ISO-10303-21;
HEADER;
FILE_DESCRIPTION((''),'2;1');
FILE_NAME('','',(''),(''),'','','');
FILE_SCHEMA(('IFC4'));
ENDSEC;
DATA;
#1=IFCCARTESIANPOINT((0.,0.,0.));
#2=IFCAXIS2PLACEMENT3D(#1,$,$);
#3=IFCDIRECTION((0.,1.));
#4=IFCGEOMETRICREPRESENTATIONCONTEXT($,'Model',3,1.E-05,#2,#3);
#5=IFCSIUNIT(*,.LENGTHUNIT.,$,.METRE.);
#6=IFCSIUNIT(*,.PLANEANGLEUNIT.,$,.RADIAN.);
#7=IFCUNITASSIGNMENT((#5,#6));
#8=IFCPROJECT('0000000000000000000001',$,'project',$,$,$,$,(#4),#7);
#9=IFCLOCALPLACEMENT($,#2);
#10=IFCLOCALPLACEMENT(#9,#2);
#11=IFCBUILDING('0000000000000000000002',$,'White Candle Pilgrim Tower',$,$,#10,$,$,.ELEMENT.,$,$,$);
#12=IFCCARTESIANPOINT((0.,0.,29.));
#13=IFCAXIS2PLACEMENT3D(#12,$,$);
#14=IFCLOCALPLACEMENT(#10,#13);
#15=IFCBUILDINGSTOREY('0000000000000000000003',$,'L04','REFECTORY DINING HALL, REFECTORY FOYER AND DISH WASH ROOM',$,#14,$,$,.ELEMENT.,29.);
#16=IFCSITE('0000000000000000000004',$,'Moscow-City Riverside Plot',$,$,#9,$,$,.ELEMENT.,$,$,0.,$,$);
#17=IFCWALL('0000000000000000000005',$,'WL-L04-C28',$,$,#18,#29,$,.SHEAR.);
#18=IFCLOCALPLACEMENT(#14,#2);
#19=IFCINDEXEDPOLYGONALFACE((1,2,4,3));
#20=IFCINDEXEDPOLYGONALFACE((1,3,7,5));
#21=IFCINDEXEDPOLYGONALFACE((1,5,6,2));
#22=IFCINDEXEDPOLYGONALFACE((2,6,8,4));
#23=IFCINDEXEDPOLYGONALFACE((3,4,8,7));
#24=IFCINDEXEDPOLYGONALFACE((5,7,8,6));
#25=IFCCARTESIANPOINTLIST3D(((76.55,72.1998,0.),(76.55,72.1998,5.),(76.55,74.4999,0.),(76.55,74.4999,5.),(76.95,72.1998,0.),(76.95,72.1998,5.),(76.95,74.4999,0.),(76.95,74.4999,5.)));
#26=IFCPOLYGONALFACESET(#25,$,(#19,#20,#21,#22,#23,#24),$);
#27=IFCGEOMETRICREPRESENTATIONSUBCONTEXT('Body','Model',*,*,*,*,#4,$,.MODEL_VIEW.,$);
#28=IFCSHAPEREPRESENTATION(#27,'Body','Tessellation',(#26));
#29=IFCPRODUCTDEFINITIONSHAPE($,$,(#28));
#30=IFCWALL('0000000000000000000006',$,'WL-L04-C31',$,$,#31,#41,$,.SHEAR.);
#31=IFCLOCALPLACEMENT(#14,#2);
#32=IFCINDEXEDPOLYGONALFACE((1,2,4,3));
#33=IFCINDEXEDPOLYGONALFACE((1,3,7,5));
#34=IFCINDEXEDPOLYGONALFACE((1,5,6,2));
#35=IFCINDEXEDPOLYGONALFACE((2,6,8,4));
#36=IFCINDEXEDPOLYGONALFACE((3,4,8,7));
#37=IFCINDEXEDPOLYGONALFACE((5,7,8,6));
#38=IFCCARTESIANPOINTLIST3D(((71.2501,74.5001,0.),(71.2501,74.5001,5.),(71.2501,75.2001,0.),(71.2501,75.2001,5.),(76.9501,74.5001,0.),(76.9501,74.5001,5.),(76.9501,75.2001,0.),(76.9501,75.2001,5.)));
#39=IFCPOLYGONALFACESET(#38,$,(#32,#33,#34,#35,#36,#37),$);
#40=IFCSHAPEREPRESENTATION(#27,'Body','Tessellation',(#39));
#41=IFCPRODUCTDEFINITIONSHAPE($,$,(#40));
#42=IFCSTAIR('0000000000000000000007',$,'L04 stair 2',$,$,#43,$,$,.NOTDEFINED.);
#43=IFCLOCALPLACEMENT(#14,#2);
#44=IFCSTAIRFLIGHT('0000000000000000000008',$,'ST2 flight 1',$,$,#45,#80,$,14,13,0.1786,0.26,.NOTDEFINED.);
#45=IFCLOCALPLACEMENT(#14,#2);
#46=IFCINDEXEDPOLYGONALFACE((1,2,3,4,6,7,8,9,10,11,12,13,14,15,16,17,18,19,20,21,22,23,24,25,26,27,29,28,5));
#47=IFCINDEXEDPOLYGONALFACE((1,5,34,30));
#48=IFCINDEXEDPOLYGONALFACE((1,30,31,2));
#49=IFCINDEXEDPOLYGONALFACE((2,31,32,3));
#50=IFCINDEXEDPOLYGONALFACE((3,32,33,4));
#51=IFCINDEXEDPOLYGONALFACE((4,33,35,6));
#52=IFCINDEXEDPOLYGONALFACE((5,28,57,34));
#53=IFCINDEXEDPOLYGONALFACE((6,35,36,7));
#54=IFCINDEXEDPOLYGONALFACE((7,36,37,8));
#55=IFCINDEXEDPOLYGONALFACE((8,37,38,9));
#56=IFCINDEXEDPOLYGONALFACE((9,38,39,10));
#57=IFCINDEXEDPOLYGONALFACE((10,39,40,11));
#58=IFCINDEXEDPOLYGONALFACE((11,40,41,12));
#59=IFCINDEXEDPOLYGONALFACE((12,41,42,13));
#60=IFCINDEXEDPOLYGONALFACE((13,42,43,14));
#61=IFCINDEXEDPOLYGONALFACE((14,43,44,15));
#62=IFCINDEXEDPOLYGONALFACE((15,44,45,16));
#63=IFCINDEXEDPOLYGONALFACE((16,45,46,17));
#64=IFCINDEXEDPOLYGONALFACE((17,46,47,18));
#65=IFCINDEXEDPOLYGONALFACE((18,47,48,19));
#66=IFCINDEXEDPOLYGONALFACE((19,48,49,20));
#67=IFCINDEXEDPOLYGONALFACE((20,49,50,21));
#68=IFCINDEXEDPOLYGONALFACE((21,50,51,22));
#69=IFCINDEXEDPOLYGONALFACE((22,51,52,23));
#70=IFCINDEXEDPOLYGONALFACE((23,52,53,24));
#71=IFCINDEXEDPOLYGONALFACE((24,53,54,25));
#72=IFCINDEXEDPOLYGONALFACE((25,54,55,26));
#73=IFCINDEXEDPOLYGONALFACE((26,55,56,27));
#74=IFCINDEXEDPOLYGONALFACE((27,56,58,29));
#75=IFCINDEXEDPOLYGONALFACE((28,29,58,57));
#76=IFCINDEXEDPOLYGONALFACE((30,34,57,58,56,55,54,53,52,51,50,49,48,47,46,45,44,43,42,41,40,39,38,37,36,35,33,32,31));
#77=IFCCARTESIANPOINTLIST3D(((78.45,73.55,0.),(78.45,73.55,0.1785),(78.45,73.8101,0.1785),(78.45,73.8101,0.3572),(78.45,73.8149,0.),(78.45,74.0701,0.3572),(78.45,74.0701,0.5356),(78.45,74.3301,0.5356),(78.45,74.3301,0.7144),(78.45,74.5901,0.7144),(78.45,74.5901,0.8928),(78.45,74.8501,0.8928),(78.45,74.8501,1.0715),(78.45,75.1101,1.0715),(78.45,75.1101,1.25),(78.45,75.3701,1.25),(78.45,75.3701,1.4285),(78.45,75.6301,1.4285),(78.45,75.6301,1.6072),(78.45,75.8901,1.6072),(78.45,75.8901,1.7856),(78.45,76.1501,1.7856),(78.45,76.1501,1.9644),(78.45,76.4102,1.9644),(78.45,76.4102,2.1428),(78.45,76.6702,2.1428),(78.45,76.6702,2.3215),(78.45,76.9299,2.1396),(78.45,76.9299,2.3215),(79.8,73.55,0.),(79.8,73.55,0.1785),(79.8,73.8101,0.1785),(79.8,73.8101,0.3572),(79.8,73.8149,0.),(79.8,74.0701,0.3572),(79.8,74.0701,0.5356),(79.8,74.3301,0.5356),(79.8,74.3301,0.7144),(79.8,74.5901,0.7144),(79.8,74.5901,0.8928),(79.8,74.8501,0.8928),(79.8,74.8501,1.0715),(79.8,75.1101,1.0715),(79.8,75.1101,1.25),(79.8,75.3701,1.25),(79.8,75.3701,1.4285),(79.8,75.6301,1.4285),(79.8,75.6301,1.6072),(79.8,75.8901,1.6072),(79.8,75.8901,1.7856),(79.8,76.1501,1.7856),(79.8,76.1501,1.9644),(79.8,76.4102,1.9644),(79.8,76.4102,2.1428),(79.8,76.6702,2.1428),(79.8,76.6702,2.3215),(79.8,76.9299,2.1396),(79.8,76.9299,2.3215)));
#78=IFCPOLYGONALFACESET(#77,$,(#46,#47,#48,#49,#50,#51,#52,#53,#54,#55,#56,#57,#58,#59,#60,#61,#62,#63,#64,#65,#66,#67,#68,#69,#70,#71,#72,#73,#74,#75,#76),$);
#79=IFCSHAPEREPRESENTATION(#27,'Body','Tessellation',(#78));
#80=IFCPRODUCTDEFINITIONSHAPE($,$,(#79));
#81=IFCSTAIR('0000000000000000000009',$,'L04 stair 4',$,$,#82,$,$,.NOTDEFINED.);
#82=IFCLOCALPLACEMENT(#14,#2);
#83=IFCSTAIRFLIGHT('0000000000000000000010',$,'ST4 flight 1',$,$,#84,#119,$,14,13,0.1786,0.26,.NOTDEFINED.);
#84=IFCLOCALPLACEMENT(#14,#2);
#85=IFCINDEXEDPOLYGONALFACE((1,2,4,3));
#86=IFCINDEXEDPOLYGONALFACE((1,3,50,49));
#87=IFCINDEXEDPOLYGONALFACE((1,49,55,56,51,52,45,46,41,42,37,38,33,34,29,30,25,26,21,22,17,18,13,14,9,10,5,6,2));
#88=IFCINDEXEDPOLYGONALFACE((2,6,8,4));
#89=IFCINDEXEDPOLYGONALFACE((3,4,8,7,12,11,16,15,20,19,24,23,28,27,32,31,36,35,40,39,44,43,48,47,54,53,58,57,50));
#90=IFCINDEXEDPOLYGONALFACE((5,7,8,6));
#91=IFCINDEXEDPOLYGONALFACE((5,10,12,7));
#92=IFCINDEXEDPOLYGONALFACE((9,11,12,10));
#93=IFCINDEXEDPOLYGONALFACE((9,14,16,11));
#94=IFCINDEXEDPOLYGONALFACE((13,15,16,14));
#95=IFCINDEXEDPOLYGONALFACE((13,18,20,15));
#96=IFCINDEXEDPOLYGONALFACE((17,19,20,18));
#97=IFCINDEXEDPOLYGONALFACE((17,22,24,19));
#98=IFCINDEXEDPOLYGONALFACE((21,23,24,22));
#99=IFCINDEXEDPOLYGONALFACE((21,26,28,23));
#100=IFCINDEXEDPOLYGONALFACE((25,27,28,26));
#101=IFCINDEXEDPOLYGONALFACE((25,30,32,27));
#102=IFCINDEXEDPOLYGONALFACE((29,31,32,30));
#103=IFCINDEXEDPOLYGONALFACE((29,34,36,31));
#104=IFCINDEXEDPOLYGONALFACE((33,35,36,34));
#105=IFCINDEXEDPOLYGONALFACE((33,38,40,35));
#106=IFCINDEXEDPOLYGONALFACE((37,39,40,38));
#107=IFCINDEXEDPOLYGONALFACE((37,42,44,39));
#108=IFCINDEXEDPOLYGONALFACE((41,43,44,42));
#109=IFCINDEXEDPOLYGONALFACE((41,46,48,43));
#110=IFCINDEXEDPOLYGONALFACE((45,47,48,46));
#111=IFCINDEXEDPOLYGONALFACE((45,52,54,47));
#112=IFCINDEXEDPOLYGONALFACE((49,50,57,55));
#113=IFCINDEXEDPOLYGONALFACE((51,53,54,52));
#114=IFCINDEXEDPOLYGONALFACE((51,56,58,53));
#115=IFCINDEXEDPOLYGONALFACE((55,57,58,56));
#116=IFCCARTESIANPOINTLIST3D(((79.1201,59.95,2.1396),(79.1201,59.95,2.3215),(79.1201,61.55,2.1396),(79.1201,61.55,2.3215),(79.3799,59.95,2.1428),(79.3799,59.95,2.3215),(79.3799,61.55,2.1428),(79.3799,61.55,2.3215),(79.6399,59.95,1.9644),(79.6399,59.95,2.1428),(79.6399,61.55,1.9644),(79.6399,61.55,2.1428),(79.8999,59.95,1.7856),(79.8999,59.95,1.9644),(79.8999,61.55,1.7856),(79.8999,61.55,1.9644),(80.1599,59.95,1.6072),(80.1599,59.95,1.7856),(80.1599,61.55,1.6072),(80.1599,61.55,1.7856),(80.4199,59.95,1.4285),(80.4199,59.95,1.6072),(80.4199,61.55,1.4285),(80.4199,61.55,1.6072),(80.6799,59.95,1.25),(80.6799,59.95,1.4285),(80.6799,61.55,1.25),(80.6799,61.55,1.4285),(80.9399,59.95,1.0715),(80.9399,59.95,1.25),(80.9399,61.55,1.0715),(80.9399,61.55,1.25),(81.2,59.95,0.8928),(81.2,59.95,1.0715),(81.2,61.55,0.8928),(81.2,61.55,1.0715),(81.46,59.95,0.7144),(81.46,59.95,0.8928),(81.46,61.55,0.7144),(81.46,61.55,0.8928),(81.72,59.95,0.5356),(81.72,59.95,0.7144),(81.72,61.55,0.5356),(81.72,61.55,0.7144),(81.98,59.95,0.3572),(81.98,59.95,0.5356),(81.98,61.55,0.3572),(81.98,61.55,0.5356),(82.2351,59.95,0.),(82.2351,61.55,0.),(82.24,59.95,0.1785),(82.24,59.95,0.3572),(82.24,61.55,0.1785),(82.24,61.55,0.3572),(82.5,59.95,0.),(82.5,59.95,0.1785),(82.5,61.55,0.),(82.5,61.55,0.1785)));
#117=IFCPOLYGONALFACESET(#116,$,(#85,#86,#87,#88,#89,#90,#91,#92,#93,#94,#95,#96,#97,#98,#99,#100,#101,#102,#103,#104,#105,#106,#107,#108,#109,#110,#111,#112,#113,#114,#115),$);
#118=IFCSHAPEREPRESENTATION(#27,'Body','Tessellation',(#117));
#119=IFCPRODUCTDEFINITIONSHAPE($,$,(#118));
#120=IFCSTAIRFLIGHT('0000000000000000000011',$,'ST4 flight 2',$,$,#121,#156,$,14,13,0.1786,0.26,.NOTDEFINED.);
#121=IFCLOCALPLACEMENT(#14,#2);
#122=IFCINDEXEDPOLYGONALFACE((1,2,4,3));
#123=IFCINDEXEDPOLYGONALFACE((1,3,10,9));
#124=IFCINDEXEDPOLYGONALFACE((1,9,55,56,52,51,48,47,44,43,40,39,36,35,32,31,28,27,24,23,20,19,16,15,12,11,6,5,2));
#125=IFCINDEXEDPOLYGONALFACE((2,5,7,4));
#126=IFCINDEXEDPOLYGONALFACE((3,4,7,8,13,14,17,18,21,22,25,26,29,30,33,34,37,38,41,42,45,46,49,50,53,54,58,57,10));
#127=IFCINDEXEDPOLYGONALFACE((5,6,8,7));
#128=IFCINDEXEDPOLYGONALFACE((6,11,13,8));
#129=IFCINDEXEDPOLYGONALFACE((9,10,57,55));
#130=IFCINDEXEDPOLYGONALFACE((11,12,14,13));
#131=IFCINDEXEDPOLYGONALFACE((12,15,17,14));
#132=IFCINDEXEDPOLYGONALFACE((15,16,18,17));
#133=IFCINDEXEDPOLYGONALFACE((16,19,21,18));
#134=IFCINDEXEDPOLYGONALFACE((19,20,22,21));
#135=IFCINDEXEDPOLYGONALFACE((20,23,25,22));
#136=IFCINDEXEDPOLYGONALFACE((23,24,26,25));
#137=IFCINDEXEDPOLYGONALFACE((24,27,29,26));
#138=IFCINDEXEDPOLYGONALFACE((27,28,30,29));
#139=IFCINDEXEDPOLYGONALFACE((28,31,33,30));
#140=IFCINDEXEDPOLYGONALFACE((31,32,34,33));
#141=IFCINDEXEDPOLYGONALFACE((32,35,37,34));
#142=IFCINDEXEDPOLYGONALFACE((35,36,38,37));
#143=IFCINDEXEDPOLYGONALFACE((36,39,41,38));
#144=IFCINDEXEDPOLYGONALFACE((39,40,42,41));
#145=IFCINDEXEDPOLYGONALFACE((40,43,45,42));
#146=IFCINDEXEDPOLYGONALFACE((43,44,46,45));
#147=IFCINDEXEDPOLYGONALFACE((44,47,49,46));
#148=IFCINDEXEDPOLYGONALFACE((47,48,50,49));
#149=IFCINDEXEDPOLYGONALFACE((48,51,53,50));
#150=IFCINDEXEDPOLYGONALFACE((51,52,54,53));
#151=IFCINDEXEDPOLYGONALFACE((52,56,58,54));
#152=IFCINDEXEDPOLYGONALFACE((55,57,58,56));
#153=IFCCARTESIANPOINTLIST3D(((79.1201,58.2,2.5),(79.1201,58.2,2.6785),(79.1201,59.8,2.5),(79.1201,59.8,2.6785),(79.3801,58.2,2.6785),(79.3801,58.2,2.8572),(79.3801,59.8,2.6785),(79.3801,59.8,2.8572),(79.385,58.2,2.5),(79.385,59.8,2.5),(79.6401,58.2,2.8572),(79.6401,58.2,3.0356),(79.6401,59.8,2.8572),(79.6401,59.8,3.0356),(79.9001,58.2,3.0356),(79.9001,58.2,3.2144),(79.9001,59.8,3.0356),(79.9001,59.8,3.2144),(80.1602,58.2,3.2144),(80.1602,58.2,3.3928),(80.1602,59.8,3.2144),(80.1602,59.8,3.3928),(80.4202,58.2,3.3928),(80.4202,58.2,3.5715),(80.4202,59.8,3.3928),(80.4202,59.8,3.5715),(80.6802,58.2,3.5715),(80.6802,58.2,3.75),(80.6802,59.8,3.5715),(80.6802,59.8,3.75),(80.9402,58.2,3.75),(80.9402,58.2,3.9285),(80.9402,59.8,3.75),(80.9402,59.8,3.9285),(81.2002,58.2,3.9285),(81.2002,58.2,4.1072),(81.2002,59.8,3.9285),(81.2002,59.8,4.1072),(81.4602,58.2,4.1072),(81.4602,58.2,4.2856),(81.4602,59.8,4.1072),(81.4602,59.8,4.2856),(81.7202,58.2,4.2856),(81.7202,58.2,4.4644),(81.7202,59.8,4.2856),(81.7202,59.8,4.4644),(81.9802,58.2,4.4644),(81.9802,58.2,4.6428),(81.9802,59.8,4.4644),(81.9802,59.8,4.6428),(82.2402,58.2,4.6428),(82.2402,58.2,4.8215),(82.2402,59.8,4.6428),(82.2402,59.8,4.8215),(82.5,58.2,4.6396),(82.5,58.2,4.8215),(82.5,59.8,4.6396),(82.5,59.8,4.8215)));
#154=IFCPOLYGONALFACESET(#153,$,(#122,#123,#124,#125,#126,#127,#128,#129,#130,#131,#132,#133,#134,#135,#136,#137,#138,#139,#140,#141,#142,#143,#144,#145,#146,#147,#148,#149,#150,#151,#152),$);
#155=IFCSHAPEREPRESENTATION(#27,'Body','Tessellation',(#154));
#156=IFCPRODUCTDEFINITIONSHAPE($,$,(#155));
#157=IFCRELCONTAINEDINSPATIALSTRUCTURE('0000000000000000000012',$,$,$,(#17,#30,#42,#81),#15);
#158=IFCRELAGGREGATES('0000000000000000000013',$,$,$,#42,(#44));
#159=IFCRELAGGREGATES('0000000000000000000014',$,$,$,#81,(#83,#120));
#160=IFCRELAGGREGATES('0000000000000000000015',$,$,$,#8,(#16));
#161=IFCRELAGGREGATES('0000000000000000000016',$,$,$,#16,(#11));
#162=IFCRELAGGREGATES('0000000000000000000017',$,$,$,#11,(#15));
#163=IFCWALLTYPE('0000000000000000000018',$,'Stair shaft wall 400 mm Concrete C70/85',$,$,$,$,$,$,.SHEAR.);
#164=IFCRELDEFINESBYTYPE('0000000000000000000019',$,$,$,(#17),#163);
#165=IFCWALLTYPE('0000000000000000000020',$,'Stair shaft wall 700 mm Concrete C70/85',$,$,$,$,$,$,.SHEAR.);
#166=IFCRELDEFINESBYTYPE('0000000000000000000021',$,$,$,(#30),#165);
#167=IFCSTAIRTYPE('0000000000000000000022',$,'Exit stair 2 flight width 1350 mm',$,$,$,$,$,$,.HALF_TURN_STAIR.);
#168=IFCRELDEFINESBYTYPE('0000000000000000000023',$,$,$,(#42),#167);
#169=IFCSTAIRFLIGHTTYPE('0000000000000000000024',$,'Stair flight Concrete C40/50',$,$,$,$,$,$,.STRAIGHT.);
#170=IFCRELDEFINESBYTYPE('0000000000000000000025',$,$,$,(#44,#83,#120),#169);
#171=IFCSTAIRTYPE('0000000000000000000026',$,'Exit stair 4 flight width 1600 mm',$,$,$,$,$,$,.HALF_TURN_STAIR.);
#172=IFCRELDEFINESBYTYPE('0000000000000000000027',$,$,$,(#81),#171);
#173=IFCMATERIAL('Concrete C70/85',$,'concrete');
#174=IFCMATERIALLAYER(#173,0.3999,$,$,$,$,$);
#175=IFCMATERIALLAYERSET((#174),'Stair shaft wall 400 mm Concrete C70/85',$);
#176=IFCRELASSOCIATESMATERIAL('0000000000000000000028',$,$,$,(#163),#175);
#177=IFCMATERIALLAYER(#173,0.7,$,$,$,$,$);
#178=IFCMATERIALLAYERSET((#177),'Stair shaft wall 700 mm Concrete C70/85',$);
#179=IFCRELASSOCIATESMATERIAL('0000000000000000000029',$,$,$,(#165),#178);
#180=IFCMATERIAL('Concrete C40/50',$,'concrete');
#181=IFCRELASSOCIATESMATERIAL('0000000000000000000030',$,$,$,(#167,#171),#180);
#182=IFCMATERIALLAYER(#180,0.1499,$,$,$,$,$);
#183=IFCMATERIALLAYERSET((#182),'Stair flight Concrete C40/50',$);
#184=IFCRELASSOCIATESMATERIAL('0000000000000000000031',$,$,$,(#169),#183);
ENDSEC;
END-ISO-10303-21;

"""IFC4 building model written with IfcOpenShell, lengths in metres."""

from ifc_helpers import new_model, si_unit, direction, frame, frame_2d, origin, place, context, subcontext, project, spatial, polyline, rectangle, outline, extrude, material, layer, layer_set, type_object, element, aggregate, save


model = new_model("IFC4")

# Units and contexts
model_context = context("Model", 3, precision=1e-05, world=origin(), true_north=direction((0.0, 1.0)))
body_context = subcontext(model_context, "Body", "Model", "MODEL_VIEW")
ifc_project = project(units=[si_unit("LENGTHUNIT", "METRE"), si_unit("PLANEANGLEUNIT", "RADIAN")], contexts=[model_context])

# Site, building, storey
site_placement = place(None, origin())
site = spatial("IfcSite", under=ifc_project, at=site_placement, Name="Moscow-City Riverside Plot", CompositionType="ELEMENT", RefElevation=0.0)
building_placement = place(site_placement, origin())
building = spatial("IfcBuilding", under=site, at=building_placement, Name="White Candle Pilgrim Tower", CompositionType="ELEMENT")
storey_placement = place(building_placement, frame((0.0, 0.0, 29.0)))
storey = spatial("IfcBuildingStorey", under=building, at=storey_placement, Name="L04", Description="REFECTORY DINING HALL, REFECTORY FOYER AND DISH WASH ROOM", CompositionType="ELEMENT", Elevation=29.0)

# Shared definitions
ifc_material_1 = material(Name="Concrete C70/85", Category="concrete")

# Walls
ifc_layer_1 = layer(ifc_material_1, 0.3999)
ifc_layer_set_1 = layer_set([ifc_layer_1], Name="Stair shaft wall 400 mm Concrete C70/85")
wall_type_1 = type_object("IfcWallType", Name="Stair shaft wall 400 mm Concrete C70/85", PredefinedType="SHEAR", material=ifc_layer_set_1)
wall_1_placement = place(storey_placement, frame((76.75, 72.2, 0.0), z_axis=(0.0, 0.0, 1.0), x_axis=(0.0, 1.0, 0.0)))
element("IfcWall", 1, at=wall_1_placement, inside=storey, type_object=wall_type_1, Name="WL-L04-C28", PredefinedType="SHEAR", context=body_context, shape_type="SweptSolid", body=[
    extrude(rectangle(XDim=2.3, YDim=0.3999, at=frame_2d((1.1499, 0.0))), origin(), (0.0, 0.0, 1.0), 5.0),
])
ifc_layer_2 = layer(ifc_material_1, 0.7)
ifc_layer_set_2 = layer_set([ifc_layer_2], Name="Stair shaft wall 700 mm Concrete C70/85")
wall_type_2 = type_object("IfcWallType", Name="Stair shaft wall 700 mm Concrete C70/85", PredefinedType="SHEAR", material=ifc_layer_set_2)
wall_2_placement = place(storey_placement, frame((71.25, 74.8501, 0.0), z_axis=(0.0, 0.0, 1.0), x_axis=(1.0, 0.0, 0.0)))
element("IfcWall", 2, at=wall_2_placement, inside=storey, type_object=wall_type_2, Name="WL-L04-C31", PredefinedType="SHEAR", context=body_context, shape_type="SweptSolid", body=[
    extrude(rectangle(XDim=5.7, YDim=0.7, at=frame_2d((2.8501, 0.0))), origin(), (0.0, 0.0, 1.0), 5.0),
])

# Stair, stair flight
ifc_material_2 = material(Name="Concrete C40/50", Category="concrete")
stair_type_1 = type_object("IfcStairType", Name="Exit stair 2 flight width 1350 mm", PredefinedType="HALF_TURN_STAIR", material=ifc_material_2)
stair_1_placement = place(storey_placement, origin())
stair_1 = element("IfcStair", 3, at=stair_1_placement, inside=storey, type_object=stair_type_1, Name="L04 stair 2", PredefinedType="NOTDEFINED")
ifc_layer_3 = layer(ifc_material_2, 0.1499)
ifc_layer_set_3 = layer_set([ifc_layer_3], Name="Stair flight Concrete C40/50")
stair_flight_type = type_object("IfcStairFlightType", Name="Stair flight Concrete C40/50", PredefinedType="STRAIGHT", material=ifc_layer_set_3)
stair_flight_1_placement = place(storey_placement, frame((79.125, 73.55, 0.0), z_axis=(0.0, 0.0, 1.0), x_axis=(0.0, 1.0, 0.0)))
stair_flight_1 = element("IfcStairFlight", 4, at=stair_flight_1_placement, type_object=stair_flight_type, Name="ST2 flight 1", NumberOfRisers=14, NumberOfTreads=13, PredefinedType="NOTDEFINED", RiserHeight=0.1786, TreadLength=0.26, context=body_context, shape_type="SweptSolid", body=[
    extrude(outline(polyline([(0.0, 0.0), (0.0, 0.1785), (0.26, 0.1785), (0.26, 0.3572), (0.52, 0.3572), (0.52, 0.5356), (0.78, 0.5356), (0.78, 0.7144), (1.04, 0.7144), (1.04, 0.8928), (1.3, 0.8928), (1.3, 1.0715), (1.5601, 1.0715), (1.5601, 1.25), (1.8201, 1.25), (1.8201, 1.4285), (2.0801, 1.4285), (2.0801, 1.6072), (2.3401, 1.6072), (2.3401, 1.7856), (2.6001, 1.7856), (2.6001, 1.9644), (2.8601, 1.9644), (2.8601, 2.1428), (3.1201, 2.1428), (3.1201, 2.3215), (3.3799, 2.3215), (3.3799, 2.5), (3.3799, 2.1396), (0.2649, 0.0), (0.0, 0.0)])), frame((0.0, 0.675, 0.0), z_axis=(0.0, -1.0, 0.0), x_axis=(1.0, 0.0, 0.0)), (0.0, 0.0, 1.0), 1.3501),
])
aggregate(stair_1, [stair_flight_1])

# Stair, stair flights
stair_type_2 = type_object("IfcStairType", Name="Exit stair 4 flight width 1600 mm", PredefinedType="HALF_TURN_STAIR", material=ifc_material_2)
stair_2_placement = place(storey_placement, origin())
stair_2 = element("IfcStair", 5, at=stair_2_placement, inside=storey, type_object=stair_type_2, Name="L04 stair 4", PredefinedType="NOTDEFINED")
stair_flight_2_placement = place(storey_placement, frame((82.5, 60.75, 0.0), z_axis=(0.0, 0.0, 1.0), x_axis=(-1.0, 0.0, 0.0)))
stair_flight_2 = element("IfcStairFlight", 6, at=stair_flight_2_placement, type_object=stair_flight_type, Name="ST4 flight 1", NumberOfRisers=14, NumberOfTreads=13, PredefinedType="NOTDEFINED", RiserHeight=0.1786, TreadLength=0.26, context=body_context, shape_type="SweptSolid", body=[
    extrude(outline(polyline([(0.0, 0.0), (0.0, 0.1785), (0.26, 0.1785), (0.26, 0.3572), (0.52, 0.3572), (0.52, 0.5356), (0.78, 0.5356), (0.78, 0.7144), (1.04, 0.7144), (1.04, 0.8928), (1.3, 0.8928), (1.3, 1.0715), (1.5601, 1.0715), (1.5601, 1.25), (1.8201, 1.25), (1.8201, 1.4285), (2.0801, 1.4285), (2.0801, 1.6072), (2.3401, 1.6072), (2.3401, 1.7856), (2.6001, 1.7856), (2.6001, 1.9644), (2.8601, 1.9644), (2.8601, 2.1428), (3.1201, 2.1428), (3.1201, 2.3215), (3.3799, 2.3215), (3.3799, 2.5), (3.3799, 2.1396), (0.2649, 0.0), (0.0, 0.0)])), frame((0.0, 0.8, 0.0), z_axis=(0.0, -1.0, 0.0), x_axis=(1.0, 0.0, 0.0)), (0.0, 0.0, 1.0), 1.6001),
])
stair_flight_3_placement = place(storey_placement, frame((79.1201, 59.0, 2.5), z_axis=(0.0, 0.0, 1.0), x_axis=(1.0, 0.0, 0.0)))
stair_flight_3 = element("IfcStairFlight", 7, at=stair_flight_3_placement, type_object=stair_flight_type, Name="ST4 flight 2", NumberOfRisers=14, NumberOfTreads=13, PredefinedType="NOTDEFINED", RiserHeight=0.1786, TreadLength=0.26, context=body_context, shape_type="SweptSolid", body=[
    extrude(outline(polyline([(0.0, 0.0), (0.0, 0.1785), (0.26, 0.1785), (0.26, 0.3572), (0.52, 0.3572), (0.52, 0.5356), (0.78, 0.5356), (0.78, 0.7144), (1.04, 0.7144), (1.04, 0.8928), (1.3, 0.8928), (1.3, 1.0715), (1.5601, 1.0715), (1.5601, 1.25), (1.8201, 1.25), (1.8201, 1.4285), (2.0801, 1.4285), (2.0801, 1.6072), (2.3401, 1.6072), (2.3401, 1.7856), (2.6001, 1.7856), (2.6001, 1.9644), (2.8601, 1.9644), (2.8601, 2.1428), (3.1201, 2.1428), (3.1201, 2.3215), (3.3799, 2.3215), (3.3799, 2.5), (3.3799, 2.1396), (0.2649, 0.0), (0.0, 0.0)])), frame((0.0, 0.8, 0.0), z_axis=(0.0, -1.0, 0.0), x_axis=(1.0, 0.0, 0.0)), (0.0, 0.0, 1.0), 1.6001),
])
aggregate(stair_2, [stair_flight_2, stair_flight_3])

save(model, "model.ifc")
